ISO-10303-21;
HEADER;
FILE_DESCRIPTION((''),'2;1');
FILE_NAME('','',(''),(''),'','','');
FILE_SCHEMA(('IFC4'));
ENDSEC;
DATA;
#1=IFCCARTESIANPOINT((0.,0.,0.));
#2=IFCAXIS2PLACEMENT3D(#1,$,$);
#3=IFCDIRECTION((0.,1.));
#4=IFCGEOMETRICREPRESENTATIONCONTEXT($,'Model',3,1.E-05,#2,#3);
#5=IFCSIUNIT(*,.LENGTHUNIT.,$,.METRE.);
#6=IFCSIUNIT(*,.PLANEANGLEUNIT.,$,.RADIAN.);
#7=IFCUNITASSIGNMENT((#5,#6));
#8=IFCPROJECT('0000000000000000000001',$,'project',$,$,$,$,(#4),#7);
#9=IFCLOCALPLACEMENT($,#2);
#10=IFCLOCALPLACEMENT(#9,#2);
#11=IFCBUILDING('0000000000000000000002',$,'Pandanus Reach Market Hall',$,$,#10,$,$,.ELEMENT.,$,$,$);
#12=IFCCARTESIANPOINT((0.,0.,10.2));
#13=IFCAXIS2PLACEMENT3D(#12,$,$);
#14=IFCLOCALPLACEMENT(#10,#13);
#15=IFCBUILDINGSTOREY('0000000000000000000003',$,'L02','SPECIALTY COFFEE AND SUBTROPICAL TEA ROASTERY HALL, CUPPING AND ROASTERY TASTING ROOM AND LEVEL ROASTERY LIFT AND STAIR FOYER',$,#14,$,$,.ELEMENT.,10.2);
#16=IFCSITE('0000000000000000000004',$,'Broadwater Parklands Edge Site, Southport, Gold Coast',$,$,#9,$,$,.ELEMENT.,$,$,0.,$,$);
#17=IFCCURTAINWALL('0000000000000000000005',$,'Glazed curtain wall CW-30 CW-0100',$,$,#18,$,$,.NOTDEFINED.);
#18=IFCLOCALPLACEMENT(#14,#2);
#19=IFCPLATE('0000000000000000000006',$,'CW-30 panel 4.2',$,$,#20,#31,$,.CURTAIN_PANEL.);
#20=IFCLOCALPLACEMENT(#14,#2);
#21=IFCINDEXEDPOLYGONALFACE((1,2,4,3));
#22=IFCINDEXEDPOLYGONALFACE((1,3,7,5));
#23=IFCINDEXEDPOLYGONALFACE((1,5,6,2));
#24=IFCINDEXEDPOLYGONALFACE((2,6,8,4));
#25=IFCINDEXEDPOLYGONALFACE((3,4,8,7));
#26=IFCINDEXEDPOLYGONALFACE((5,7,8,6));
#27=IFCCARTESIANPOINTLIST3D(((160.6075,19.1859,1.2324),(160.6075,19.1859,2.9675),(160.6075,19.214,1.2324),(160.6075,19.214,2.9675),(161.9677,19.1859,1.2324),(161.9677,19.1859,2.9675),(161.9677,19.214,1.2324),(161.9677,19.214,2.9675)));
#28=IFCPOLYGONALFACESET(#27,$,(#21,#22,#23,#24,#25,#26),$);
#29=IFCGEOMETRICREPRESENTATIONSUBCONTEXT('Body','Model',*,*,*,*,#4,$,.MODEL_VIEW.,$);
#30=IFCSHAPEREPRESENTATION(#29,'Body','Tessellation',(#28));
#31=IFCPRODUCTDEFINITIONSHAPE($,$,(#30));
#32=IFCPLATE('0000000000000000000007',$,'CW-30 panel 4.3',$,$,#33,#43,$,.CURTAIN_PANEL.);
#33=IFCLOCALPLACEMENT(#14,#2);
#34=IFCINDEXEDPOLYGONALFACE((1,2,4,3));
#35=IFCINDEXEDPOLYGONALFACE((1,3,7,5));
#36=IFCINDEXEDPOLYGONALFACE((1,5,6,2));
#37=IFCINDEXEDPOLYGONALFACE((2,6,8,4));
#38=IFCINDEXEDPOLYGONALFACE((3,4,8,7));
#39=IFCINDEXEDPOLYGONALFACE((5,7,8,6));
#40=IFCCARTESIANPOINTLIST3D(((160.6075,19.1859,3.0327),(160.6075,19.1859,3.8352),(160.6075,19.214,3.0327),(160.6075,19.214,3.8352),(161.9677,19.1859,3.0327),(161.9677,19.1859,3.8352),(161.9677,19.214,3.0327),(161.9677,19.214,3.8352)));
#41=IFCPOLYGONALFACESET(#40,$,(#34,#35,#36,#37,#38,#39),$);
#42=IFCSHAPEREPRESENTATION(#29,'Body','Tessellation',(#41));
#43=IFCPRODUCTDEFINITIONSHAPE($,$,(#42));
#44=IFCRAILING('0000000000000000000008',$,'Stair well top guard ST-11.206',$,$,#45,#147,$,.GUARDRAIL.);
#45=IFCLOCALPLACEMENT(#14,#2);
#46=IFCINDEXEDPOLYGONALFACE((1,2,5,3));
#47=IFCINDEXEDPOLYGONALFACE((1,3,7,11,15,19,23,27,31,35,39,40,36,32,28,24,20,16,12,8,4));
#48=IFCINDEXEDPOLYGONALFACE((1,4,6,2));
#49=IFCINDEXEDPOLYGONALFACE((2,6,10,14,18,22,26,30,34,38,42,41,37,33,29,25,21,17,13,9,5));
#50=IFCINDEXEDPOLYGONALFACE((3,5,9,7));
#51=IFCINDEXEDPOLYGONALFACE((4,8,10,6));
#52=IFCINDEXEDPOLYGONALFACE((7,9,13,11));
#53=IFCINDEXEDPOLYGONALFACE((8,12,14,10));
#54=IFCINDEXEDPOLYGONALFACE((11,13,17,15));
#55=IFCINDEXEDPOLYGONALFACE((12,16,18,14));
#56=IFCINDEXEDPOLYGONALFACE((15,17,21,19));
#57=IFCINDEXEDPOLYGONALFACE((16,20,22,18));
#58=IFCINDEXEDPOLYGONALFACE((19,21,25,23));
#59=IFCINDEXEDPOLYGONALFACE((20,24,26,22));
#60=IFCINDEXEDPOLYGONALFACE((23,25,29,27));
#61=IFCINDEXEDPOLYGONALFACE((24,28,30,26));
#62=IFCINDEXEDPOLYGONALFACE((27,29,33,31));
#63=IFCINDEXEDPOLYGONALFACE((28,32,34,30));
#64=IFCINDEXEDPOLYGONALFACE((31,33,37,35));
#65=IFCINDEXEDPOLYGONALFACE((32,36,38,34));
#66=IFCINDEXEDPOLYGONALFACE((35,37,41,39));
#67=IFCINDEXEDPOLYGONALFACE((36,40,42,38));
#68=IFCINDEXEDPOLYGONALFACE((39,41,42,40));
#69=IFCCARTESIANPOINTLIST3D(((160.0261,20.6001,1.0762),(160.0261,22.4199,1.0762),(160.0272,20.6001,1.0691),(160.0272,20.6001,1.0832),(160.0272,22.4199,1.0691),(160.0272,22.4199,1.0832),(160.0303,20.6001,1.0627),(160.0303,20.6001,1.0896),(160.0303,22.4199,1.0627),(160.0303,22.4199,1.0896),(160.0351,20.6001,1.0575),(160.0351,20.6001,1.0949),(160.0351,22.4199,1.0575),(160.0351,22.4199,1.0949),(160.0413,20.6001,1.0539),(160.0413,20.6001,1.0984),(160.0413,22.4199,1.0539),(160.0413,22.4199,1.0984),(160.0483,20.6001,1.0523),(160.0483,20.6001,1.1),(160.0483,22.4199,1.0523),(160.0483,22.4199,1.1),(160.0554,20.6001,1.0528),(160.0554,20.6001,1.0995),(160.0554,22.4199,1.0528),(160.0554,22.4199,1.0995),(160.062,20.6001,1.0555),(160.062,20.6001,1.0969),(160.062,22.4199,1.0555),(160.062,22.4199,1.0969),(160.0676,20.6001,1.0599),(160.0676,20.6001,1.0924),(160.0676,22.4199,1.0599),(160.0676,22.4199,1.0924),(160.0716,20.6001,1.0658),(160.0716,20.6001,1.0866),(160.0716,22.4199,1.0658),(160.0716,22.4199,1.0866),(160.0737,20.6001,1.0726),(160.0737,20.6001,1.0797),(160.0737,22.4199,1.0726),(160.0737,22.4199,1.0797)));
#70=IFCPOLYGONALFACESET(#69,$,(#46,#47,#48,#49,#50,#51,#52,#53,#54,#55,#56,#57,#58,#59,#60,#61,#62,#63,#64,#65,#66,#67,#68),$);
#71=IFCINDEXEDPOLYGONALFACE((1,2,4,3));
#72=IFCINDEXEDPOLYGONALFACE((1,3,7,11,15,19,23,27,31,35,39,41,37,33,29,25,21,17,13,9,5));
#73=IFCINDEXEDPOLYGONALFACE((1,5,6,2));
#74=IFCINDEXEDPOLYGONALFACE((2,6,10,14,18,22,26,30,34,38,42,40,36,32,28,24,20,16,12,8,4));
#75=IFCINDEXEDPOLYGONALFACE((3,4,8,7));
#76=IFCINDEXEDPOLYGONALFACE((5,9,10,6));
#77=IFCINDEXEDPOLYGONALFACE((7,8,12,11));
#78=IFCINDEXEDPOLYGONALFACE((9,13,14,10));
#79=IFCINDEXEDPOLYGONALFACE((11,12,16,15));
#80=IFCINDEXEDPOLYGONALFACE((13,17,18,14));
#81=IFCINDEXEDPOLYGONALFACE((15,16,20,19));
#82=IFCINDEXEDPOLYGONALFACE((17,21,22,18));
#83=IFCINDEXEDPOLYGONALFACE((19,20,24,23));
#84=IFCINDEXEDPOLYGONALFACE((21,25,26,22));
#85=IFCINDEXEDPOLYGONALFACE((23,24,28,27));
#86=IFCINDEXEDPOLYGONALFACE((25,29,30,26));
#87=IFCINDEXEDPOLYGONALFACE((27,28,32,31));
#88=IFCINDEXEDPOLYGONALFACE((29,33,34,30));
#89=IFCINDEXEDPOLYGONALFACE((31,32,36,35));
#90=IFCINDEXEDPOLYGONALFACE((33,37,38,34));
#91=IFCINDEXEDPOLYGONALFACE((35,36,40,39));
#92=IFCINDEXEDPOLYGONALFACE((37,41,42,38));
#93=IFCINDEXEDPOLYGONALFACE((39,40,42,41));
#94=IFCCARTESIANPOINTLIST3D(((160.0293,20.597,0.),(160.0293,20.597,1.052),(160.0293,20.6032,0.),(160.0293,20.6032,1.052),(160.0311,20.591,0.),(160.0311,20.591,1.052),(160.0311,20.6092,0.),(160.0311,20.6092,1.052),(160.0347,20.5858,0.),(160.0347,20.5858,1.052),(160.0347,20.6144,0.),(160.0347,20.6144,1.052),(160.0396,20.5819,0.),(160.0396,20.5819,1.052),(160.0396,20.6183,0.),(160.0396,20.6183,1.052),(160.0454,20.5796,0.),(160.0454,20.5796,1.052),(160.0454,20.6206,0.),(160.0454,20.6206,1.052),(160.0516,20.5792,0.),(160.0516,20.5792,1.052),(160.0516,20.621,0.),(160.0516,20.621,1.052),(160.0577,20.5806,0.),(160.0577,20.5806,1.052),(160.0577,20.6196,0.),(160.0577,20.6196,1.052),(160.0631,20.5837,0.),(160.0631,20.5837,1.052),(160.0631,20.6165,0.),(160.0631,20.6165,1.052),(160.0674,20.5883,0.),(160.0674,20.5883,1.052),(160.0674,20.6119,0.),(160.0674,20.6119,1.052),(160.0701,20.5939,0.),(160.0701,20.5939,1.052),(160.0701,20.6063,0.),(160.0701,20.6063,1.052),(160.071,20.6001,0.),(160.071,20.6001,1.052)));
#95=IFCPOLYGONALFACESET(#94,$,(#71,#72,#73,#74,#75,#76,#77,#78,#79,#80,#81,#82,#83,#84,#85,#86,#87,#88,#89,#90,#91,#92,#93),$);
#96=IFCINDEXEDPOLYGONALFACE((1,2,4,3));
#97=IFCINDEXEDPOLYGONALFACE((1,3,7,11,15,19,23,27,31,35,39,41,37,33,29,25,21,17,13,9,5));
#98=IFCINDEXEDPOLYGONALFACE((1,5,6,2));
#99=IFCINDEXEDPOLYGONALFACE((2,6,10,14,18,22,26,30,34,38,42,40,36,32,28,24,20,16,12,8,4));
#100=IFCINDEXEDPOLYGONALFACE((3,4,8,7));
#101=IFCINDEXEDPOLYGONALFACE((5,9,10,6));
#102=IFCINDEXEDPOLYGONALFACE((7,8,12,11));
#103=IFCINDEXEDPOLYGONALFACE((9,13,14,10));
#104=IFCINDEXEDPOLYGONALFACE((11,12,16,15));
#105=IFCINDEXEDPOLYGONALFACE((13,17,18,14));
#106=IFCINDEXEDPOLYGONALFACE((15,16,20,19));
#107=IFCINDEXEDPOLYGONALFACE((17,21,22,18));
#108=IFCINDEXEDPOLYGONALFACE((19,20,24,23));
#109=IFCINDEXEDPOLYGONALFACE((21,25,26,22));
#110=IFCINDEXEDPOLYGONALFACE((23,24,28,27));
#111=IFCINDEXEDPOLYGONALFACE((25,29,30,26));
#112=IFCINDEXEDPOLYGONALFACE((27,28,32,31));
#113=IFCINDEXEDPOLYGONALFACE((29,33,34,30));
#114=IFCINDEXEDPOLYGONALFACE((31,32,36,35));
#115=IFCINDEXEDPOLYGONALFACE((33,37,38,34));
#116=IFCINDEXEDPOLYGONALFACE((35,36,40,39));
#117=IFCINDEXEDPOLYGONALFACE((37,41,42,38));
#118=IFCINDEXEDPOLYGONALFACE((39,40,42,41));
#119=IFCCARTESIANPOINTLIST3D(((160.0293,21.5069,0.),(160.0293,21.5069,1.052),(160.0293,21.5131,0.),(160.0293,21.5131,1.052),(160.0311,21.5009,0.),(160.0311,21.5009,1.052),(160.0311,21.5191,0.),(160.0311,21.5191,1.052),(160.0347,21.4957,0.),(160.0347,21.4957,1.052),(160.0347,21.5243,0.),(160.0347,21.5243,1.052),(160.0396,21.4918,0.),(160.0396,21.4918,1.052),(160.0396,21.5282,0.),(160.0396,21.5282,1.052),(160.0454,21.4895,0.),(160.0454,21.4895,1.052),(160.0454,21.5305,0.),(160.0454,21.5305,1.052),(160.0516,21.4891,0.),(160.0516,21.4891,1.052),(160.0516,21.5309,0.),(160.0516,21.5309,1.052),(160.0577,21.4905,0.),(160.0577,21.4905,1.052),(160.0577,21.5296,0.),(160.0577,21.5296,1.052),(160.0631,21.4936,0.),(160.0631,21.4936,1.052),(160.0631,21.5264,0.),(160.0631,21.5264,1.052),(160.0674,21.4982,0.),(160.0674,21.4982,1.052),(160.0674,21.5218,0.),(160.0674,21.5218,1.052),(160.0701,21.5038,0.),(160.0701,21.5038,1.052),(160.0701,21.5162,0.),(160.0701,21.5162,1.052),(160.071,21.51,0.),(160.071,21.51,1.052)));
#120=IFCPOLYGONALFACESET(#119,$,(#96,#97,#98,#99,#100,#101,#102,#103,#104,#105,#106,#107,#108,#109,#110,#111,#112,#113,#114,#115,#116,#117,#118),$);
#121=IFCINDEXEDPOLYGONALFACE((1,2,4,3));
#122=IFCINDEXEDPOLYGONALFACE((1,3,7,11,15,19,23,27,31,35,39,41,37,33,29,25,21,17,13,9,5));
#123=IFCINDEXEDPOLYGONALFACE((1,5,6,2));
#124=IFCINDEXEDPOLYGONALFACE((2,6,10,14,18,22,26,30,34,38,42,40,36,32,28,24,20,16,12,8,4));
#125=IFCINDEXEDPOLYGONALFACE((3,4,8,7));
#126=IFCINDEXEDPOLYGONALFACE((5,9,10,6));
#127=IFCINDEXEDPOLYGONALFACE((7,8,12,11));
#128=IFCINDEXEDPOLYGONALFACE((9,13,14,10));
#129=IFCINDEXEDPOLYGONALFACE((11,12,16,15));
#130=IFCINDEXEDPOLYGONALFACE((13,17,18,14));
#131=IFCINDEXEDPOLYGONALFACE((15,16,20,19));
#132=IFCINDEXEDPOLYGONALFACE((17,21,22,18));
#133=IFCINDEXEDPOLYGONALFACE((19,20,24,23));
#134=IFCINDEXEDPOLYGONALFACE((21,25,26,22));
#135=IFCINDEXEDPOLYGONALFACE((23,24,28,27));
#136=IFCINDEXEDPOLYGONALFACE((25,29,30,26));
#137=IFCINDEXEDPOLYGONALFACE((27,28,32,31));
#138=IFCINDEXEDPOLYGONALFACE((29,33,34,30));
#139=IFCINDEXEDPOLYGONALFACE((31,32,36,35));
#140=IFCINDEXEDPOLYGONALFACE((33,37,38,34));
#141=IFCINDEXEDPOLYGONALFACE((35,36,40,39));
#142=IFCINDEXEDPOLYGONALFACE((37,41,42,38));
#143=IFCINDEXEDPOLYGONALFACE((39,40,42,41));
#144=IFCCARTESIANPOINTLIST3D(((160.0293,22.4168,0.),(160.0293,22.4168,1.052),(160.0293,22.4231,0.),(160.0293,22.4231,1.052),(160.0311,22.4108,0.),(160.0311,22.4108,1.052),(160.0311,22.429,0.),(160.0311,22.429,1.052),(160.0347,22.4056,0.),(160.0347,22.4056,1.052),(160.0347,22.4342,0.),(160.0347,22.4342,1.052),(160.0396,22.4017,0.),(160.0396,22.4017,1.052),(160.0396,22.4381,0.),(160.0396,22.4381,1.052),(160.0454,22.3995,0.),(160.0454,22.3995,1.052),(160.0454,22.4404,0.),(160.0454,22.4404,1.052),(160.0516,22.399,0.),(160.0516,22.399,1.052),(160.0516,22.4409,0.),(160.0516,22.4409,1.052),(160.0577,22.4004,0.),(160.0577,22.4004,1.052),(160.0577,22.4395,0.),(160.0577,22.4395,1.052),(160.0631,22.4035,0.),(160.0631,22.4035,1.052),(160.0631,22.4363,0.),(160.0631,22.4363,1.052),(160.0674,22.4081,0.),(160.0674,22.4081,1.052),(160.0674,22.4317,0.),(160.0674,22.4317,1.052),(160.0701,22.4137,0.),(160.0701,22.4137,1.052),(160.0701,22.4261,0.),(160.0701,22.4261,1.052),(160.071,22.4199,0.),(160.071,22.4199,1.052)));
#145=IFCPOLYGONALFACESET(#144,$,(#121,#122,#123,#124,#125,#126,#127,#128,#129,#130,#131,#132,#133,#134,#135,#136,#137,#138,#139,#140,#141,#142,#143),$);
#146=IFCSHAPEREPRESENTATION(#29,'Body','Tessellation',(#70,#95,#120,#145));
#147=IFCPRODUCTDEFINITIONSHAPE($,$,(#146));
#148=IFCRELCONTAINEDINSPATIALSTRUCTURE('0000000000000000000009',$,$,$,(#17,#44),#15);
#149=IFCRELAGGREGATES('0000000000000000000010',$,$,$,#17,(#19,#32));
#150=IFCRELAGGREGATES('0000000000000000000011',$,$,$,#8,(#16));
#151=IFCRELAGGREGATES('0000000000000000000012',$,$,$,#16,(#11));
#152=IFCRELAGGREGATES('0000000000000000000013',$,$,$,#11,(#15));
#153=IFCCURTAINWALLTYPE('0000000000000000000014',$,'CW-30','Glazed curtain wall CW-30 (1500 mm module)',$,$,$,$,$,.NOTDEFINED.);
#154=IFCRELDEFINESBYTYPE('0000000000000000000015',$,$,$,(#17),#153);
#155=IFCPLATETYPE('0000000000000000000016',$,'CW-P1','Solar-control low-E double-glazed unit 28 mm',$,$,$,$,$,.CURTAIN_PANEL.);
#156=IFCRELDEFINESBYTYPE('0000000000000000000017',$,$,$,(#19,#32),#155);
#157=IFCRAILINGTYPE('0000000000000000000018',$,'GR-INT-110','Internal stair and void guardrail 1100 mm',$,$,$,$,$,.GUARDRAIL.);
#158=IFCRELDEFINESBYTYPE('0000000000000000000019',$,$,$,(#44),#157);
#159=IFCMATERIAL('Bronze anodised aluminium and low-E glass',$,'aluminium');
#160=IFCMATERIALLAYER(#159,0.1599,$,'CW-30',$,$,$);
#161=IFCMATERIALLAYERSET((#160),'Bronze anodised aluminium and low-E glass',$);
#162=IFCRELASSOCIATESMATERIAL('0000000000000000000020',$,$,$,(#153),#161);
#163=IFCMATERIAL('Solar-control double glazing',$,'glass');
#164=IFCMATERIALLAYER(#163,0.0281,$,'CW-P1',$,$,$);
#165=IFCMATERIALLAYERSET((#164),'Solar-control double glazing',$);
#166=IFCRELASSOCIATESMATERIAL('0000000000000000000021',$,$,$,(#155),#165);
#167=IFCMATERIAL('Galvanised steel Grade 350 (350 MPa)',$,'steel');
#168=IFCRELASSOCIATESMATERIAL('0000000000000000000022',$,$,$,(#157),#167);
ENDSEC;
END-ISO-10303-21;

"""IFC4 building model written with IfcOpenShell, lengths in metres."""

from ifc_helpers import new_model, si_unit, direction, frame, origin, origin_2d, place, context, subcontext, project, spatial, rectangle, circle, extrude, material, layer, layer_set, type_object, element, aggregate, save


model = new_model("IFC4")

# Units and contexts
model_context = context("Model", 3, precision=1e-05, world=origin(), true_north=direction((0.0, 1.0)))
body_context = subcontext(model_context, "Body", "Model", "MODEL_VIEW")
ifc_project = project(units=[si_unit("LENGTHUNIT", "METRE"), si_unit("PLANEANGLEUNIT", "RADIAN")], contexts=[model_context])

# Site, building, storey
site_placement = place(None, origin())
site = spatial("IfcSite", under=ifc_project, at=site_placement, Name="Broadwater Parklands Edge Site, Southport, Gold Coast", CompositionType="ELEMENT", RefElevation=0.0)
building_placement = place(site_placement, origin())
building = spatial("IfcBuilding", under=site, at=building_placement, Name="Pandanus Reach Market Hall", CompositionType="ELEMENT")
storey_placement = place(building_placement, frame((0.0, 0.0, 10.2)))
storey = spatial("IfcBuildingStorey", under=building, at=storey_placement, Name="L02", Description="SPECIALTY COFFEE AND SUBTROPICAL TEA ROASTERY HALL, CUPPING AND ROASTERY TASTING ROOM AND LEVEL ROASTERY LIFT AND STAIR FOYER", CompositionType="ELEMENT", Elevation=10.2)

# Curtain wall
ifc_material_1 = material(Name="Bronze anodised aluminium and low-E glass", Category="aluminium")
ifc_layer_1 = layer(ifc_material_1, 0.1599, Name="CW-30")
ifc_layer_set_1 = layer_set([ifc_layer_1], Name="Bronze anodised aluminium and low-E glass")
curtain_wall_type = type_object("IfcCurtainWallType", Name="CW-30", Description="Glazed curtain wall CW-30 (1500 mm module)", PredefinedType="NOTDEFINED", material=ifc_layer_set_1)
curtain_wall_placement = place(storey_placement, origin())
curtain_wall = element("IfcCurtainWall", 1, at=curtain_wall_placement, inside=storey, type_object=curtain_wall_type, Name="Glazed curtain wall CW-30 CW-0100", PredefinedType="NOTDEFINED")

# Plates
ifc_material_2 = material(Name="Solar-control double glazing", Category="glass")
ifc_layer_2 = layer(ifc_material_2, 0.0281, Name="CW-P1")
ifc_layer_set_2 = layer_set([ifc_layer_2], Name="Solar-control double glazing")
plate_type = type_object("IfcPlateType", Name="CW-P1", Description="Solar-control low-E double-glazed unit 28 mm", PredefinedType="CURTAIN_PANEL", material=ifc_layer_set_2)
plate_1_placement = place(storey_placement, frame((161.2876, 19.2, 1.2324), z_axis=(0.0, 0.0, 1.0), x_axis=(1.0, 0.0, 0.0)))
plate_1 = element("IfcPlate", 2, at=plate_1_placement, type_object=plate_type, Name="CW-30 panel 4.2", PredefinedType="CURTAIN_PANEL", context=body_context, shape_type="SweptSolid", body=[
    extrude(rectangle(XDim=1.3601, YDim=0.0281, at=origin_2d()), origin(), (0.0, 0.0, 1.0), 1.7351),
])
plate_2_placement = place(storey_placement, frame((161.2876, 19.2, 3.0327), z_axis=(0.0, 0.0, 1.0), x_axis=(1.0, 0.0, 0.0)))
plate_2 = element("IfcPlate", 3, at=plate_2_placement, type_object=plate_type, Name="CW-30 panel 4.3", PredefinedType="CURTAIN_PANEL", context=body_context, shape_type="SweptSolid", body=[
    extrude(rectangle(XDim=1.3601, YDim=0.0281, at=origin_2d()), origin(), (0.0, 0.0, 1.0), 0.8025),
])
aggregate(curtain_wall, [plate_1, plate_2])

# Railing
ifc_material_3 = material(Name="Galvanised steel Grade 350 (350 MPa)", Category="steel")
railing_type = type_object("IfcRailingType", Name="GR-INT-110", Description="Internal stair and void guardrail 1100 mm", PredefinedType="GUARDRAIL", material=ifc_material_3)
railing_placement = place(storey_placement, frame((160.05, 20.6001, 0.0)))
element("IfcRailing", 4, at=railing_placement, inside=storey, type_object=railing_type, Name="Stair well top guard ST-11.206", PredefinedType="GUARDRAIL", context=body_context, shape_type="SweptSolid", body=[
    extrude(circle(Radius=0.0239, at=origin_2d()), frame((0.0, 0.0, 1.0762), z_axis=(0.0, 1.0, 0.0), x_axis=(-1.0, 0.0, 0.0)), (0.0, 0.0, 1.0), 1.8198),
    extrude(circle(Radius=0.021, at=origin_2d()), origin(), (0.0, 0.0, 1.0), 1.052),
    extrude(circle(Radius=0.021, at=origin_2d()), frame((0.0, 0.9099, 0.0)), (0.0, 0.0, 1.0), 1.052),
    extrude(circle(Radius=0.021, at=origin_2d()), frame((0.0, 1.8198, 0.0)), (0.0, 0.0, 1.0), 1.052),
])

save(model, "model.ifc")
